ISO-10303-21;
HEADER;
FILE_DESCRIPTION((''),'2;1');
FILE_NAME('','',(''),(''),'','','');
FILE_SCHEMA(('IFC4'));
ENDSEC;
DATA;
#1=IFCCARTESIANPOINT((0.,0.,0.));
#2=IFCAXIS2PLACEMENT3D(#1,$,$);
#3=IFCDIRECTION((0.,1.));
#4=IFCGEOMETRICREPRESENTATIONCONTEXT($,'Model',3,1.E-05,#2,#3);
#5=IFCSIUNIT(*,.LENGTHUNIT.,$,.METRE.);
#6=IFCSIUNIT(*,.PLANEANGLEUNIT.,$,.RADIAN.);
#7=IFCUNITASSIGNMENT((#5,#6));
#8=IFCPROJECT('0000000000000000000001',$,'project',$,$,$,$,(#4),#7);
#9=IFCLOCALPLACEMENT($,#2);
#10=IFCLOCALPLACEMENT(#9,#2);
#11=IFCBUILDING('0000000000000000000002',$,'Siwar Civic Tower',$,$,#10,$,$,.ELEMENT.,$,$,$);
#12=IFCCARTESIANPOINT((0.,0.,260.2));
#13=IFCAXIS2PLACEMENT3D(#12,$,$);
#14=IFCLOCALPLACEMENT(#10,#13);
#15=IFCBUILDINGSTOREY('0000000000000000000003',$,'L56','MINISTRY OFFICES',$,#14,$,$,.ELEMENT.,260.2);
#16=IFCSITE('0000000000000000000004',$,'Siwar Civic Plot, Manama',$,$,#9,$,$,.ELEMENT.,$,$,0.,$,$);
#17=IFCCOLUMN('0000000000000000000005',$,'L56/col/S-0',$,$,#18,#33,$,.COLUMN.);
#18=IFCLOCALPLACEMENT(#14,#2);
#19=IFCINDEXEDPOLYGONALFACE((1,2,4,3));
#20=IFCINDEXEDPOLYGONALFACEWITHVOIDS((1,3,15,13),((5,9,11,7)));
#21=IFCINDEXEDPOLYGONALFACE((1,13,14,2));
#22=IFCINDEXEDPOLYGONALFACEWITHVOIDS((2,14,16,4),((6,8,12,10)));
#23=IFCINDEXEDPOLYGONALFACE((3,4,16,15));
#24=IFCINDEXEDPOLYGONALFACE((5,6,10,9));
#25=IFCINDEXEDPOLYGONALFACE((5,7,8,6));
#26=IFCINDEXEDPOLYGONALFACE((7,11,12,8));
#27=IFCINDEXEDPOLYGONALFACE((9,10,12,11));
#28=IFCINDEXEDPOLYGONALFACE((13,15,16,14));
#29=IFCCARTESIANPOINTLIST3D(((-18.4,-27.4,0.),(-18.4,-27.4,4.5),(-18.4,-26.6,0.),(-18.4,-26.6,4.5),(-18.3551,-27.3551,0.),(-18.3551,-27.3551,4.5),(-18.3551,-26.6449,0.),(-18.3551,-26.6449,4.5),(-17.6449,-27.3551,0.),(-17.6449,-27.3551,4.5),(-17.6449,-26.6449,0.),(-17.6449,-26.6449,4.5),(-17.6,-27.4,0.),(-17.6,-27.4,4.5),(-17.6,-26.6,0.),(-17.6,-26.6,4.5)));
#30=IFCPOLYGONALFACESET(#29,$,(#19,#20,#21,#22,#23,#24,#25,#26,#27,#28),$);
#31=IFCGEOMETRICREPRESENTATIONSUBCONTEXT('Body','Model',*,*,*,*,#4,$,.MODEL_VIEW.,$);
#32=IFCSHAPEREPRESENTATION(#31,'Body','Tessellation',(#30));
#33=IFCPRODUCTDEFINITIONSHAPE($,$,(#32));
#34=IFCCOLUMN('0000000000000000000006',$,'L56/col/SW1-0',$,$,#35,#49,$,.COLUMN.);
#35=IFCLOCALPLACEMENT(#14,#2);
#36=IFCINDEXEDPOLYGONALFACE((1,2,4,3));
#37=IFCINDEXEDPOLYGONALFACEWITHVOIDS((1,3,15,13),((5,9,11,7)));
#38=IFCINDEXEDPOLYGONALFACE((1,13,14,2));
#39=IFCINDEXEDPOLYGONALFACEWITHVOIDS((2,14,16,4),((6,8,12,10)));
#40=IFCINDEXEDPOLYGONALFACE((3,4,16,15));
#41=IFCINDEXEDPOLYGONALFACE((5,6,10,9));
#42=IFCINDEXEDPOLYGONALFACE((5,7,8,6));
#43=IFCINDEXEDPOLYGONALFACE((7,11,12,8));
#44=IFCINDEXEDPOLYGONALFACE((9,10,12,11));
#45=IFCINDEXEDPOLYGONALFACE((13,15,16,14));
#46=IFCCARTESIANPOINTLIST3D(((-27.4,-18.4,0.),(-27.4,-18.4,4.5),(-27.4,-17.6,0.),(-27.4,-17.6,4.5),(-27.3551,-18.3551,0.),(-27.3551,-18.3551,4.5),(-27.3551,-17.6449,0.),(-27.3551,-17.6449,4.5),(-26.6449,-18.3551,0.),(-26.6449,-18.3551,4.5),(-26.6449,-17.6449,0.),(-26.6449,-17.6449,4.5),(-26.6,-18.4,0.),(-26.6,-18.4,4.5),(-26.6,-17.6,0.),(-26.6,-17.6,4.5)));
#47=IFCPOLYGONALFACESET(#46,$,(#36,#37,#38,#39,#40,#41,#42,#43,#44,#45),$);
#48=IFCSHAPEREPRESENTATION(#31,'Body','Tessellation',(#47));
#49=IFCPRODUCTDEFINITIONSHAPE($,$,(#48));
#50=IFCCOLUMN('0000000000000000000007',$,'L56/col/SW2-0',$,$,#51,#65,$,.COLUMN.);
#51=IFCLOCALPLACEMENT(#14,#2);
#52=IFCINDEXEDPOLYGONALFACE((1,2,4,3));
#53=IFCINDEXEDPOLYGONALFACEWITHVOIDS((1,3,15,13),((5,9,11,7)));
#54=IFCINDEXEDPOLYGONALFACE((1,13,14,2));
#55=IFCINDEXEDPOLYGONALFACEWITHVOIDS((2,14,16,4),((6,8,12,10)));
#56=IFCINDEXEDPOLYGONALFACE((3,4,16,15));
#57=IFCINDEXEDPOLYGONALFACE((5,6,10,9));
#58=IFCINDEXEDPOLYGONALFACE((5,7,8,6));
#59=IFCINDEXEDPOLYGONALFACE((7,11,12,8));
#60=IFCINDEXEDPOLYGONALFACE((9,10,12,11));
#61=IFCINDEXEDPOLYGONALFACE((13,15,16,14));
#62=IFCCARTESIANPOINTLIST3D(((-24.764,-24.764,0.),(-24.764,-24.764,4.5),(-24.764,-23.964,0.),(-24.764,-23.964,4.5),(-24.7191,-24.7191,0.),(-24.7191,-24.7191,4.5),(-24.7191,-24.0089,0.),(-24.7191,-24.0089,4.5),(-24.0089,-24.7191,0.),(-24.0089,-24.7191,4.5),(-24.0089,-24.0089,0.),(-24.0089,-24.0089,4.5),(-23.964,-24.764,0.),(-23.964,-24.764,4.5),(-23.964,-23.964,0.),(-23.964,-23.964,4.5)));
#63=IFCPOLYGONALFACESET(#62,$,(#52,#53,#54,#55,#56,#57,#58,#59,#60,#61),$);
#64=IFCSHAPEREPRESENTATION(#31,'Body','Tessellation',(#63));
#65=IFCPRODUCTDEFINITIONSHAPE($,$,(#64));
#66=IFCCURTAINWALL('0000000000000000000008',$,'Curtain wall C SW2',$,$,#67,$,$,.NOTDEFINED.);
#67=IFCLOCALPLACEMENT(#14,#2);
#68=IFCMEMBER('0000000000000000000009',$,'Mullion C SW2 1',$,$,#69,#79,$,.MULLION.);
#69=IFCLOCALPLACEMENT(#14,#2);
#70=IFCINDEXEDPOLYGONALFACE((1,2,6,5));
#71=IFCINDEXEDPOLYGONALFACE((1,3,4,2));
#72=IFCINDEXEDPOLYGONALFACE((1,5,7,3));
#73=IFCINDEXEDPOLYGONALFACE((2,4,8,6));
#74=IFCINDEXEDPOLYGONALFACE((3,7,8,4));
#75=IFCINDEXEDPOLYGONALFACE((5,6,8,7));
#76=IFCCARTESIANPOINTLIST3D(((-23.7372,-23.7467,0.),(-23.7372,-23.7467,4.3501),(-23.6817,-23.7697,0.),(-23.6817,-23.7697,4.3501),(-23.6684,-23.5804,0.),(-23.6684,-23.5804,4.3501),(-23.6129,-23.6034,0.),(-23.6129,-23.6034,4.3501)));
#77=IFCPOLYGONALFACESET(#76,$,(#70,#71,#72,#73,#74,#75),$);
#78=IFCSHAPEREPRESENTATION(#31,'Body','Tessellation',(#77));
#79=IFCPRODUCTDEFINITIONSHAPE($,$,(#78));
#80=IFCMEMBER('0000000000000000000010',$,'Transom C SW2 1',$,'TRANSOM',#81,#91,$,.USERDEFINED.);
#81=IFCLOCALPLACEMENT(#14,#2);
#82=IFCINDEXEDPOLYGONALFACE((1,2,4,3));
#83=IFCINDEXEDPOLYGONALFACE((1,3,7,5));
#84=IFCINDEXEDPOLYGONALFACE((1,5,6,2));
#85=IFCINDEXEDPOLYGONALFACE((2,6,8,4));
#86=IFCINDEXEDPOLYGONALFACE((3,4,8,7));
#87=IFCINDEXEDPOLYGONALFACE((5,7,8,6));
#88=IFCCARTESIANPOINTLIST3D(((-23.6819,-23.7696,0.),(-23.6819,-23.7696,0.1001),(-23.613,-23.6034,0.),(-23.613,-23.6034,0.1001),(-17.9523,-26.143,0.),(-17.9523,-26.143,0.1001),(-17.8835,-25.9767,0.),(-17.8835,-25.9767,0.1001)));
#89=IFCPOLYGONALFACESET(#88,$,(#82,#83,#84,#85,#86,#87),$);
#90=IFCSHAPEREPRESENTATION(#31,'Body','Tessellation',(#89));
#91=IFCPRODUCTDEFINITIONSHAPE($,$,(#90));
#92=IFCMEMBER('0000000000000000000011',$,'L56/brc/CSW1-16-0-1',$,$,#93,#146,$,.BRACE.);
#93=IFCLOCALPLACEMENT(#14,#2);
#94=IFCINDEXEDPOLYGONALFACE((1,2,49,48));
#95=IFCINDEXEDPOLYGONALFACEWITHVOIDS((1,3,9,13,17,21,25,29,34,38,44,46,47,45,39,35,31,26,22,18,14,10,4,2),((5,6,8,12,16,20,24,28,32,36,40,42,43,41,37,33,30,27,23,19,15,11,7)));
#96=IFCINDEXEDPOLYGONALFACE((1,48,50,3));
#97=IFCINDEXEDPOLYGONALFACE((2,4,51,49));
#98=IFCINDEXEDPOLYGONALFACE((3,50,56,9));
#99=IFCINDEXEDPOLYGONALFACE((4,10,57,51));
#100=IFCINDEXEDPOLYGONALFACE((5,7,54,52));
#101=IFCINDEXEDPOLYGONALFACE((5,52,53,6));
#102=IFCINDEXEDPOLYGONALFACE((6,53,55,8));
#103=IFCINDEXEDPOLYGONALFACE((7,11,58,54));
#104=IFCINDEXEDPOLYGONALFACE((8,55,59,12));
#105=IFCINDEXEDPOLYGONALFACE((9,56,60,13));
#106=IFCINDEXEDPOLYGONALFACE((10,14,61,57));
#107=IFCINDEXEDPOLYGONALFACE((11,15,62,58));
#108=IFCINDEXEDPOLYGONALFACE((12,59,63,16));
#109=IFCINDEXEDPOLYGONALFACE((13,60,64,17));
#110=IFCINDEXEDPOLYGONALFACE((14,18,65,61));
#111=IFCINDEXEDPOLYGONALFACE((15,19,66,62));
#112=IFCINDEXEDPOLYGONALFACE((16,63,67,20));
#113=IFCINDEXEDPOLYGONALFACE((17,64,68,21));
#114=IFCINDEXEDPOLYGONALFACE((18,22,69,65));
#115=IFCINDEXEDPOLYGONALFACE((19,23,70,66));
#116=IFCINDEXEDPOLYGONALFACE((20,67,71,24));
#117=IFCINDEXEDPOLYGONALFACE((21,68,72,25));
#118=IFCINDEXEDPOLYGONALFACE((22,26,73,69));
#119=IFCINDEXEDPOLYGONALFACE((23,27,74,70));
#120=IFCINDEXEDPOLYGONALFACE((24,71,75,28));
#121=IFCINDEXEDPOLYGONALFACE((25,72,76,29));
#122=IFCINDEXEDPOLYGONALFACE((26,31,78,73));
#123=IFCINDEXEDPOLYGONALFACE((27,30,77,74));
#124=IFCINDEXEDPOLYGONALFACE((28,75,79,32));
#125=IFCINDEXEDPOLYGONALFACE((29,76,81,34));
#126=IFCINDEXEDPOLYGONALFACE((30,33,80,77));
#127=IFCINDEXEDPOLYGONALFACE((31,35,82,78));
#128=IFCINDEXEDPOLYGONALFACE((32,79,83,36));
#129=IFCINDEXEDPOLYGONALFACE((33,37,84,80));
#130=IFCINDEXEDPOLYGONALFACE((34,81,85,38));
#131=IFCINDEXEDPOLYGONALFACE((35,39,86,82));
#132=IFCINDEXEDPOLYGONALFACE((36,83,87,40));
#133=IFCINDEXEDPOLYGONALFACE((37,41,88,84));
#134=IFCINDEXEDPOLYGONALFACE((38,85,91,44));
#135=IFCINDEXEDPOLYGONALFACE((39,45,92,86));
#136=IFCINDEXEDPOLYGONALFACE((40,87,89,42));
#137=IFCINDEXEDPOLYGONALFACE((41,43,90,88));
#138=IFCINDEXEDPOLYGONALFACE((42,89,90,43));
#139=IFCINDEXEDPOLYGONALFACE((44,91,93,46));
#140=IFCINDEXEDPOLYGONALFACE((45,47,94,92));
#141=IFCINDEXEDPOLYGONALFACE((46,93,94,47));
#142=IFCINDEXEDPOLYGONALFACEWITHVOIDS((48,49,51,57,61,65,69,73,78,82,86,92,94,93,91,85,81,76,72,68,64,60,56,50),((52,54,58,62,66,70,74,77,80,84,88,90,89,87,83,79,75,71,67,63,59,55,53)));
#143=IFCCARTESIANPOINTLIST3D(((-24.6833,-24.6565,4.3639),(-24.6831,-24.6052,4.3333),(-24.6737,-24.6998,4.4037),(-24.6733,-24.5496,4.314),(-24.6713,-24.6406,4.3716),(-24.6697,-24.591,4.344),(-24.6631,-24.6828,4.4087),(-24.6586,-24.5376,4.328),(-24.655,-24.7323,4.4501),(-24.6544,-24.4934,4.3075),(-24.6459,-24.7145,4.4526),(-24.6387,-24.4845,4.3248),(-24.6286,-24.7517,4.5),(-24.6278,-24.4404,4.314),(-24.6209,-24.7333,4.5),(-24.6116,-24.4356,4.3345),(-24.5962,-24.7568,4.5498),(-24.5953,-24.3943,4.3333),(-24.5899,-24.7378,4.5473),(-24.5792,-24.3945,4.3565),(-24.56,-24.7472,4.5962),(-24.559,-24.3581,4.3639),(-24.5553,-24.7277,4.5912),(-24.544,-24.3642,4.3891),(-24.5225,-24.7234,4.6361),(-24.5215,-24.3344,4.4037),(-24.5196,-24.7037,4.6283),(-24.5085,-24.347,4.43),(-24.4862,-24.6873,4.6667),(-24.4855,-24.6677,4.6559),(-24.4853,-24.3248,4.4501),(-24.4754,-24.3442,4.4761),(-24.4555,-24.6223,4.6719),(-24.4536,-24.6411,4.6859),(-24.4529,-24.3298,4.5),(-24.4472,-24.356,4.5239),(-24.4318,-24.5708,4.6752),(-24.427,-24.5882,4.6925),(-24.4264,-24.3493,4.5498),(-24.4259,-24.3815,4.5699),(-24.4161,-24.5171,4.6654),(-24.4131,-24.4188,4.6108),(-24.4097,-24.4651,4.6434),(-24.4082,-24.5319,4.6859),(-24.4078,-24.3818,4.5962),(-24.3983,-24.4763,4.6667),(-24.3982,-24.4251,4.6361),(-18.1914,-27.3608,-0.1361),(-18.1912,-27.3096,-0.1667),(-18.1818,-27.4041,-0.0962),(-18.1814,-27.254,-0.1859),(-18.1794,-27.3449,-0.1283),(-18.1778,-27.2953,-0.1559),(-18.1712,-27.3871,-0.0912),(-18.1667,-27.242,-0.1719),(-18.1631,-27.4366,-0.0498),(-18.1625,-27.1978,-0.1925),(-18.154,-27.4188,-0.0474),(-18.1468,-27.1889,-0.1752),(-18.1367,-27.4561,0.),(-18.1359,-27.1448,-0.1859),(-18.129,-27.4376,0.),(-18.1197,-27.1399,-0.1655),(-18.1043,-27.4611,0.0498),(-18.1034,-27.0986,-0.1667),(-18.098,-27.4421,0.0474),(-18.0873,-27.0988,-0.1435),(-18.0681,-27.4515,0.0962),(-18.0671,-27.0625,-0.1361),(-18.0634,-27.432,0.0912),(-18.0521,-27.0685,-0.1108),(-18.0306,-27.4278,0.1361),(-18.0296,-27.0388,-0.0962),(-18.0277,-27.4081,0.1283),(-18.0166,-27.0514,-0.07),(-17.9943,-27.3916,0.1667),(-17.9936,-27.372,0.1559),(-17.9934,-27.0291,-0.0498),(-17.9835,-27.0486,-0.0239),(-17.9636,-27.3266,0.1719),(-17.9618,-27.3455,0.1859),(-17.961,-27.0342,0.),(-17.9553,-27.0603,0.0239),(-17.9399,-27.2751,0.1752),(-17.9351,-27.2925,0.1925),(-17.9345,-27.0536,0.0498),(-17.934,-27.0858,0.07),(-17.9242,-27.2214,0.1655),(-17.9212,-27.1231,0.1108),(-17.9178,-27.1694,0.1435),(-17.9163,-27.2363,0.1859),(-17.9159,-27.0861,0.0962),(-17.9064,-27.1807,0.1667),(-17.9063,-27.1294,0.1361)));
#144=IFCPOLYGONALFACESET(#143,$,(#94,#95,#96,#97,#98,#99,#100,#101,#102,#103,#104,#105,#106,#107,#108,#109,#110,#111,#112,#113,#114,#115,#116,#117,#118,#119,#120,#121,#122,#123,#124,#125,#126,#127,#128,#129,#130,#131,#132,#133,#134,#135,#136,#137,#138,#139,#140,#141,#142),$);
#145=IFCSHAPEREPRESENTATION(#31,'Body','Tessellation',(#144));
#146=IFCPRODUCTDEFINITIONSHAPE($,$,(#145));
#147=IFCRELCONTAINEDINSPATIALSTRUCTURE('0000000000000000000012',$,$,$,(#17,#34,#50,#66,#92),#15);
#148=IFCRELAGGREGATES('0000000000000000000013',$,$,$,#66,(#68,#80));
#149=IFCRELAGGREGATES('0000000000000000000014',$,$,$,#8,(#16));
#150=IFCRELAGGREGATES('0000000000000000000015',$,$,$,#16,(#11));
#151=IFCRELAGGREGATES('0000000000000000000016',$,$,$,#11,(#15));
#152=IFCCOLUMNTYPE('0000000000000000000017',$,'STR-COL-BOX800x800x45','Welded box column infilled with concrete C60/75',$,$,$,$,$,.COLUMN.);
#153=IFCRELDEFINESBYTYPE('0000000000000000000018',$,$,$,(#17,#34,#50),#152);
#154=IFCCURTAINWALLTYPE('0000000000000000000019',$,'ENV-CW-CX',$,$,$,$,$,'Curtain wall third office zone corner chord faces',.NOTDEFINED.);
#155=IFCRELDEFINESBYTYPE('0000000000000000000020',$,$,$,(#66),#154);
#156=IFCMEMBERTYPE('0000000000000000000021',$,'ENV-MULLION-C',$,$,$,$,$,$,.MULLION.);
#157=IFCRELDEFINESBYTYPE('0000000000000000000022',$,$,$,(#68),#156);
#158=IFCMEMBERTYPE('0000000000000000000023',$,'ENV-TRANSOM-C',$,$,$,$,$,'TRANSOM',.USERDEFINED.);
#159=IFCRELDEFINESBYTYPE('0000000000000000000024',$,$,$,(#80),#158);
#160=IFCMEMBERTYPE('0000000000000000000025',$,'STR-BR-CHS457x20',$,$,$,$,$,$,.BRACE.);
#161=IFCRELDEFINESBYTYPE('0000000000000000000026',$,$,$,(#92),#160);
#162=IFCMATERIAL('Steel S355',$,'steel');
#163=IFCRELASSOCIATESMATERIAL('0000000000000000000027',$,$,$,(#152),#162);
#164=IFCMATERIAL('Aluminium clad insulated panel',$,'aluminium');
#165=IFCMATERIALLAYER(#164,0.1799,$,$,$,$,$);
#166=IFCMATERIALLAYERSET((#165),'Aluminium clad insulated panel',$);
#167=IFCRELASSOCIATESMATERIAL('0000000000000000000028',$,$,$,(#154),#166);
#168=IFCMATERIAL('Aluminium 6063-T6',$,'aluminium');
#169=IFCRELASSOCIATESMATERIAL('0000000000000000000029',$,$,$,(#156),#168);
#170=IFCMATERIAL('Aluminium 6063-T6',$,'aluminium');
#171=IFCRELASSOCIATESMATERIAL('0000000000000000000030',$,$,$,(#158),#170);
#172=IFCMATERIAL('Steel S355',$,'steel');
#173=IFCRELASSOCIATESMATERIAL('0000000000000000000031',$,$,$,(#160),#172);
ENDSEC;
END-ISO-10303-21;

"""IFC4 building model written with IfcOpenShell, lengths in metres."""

from ifc_helpers import new_model, si_unit, direction, frame, origin, origin_2d, place, context, subcontext, project, spatial, rectangle, hollow_rectangle, hollow_circle, extrude, material, layer, layer_set, material_profile, profile_set, type_object, element, aggregate, save


model = new_model("IFC4")

# Units and contexts
model_context = context("Model", 3, precision=1e-05, world=origin(), true_north=direction((0.0, 1.0)))
body_context = subcontext(model_context, "Body", "Model", "MODEL_VIEW")
ifc_project = project(units=[si_unit("LENGTHUNIT", "METRE"), si_unit("PLANEANGLEUNIT", "RADIAN")], contexts=[model_context])

# Site, building, storey
site_placement = place(None, origin())
site = spatial("IfcSite", under=ifc_project, at=site_placement, Name="Siwar Civic Plot, Manama", CompositionType="ELEMENT", RefElevation=0.0)
building_placement = place(site_placement, origin())
building = spatial("IfcBuilding", under=site, at=building_placement, Name="Siwar Civic Tower", CompositionType="ELEMENT")
storey_placement = place(building_placement, frame((0.0, 0.0, 260.2)))
storey = spatial("IfcBuildingStorey", under=building, at=storey_placement, Name="L56", Description="MINISTRY OFFICES", CompositionType="ELEMENT", Elevation=260.2)

# Columns
ifc_material_1 = material(Name="Steel S355", Category="steel")
ifc_material_profile_1 = material_profile(ifc_material_1, hollow_rectangle(XDim=0.8, YDim=0.8, WallThickness=0.0449, at=origin_2d()), Name="BOX800x800x45")
ifc_profile_set_1 = profile_set([ifc_material_profile_1], Name="Steel S355")
column_type = type_object("IfcColumnType", Name="STR-COL-BOX800x800x45", Description="Welded box column infilled with concrete C60/75", PredefinedType="COLUMN", material=ifc_profile_set_1)
for number, where, z_axis, x_axis, name in (
    (1, (-18.0, -27.0, 0.0), (0.0, 0.0, 1.0), (1.0, 0.0, 0.0), "L56/col/S-0"),
    (2, (-27.0, -18.0, 0.0), (0.0, 0.0, 1.0), (1.0, 0.0, 0.0), "L56/col/SW1-0"),
    (3, (-24.364, -24.364, 0.0), (0.0, 0.0, 1.0), (1.0, 0.0, 0.0), "L56/col/SW2-0"),
):
    element("IfcColumn", number, at=place(storey_placement, frame(where, z_axis=z_axis, x_axis=x_axis)), inside=storey, type_object=column_type, Name=name, PredefinedType="COLUMN", context=body_context, shape_type="SweptSolid", body=[
        extrude(hollow_rectangle(XDim=0.8, YDim=0.8, WallThickness=0.0449, at=origin_2d()), origin(), (0.0, 0.0, 1.0), 4.5),
    ])

# Curtain wall, members
ifc_material_2 = material(Name="Aluminium clad insulated panel", Category="aluminium")
ifc_layer_1 = layer(ifc_material_2, 0.1799)
ifc_layer_set_1 = layer_set([ifc_layer_1], Name="Aluminium clad insulated panel")
curtain_wall_type = type_object("IfcCurtainWallType", Name="ENV-CW-CX", ElementType="Curtain wall third office zone corner chord faces", PredefinedType="NOTDEFINED", material=ifc_layer_set_1)
curtain_wall_1_placement = place(storey_placement, origin())
curtain_wall_1 = element("IfcCurtainWall", 4, at=curtain_wall_1_placement, inside=storey, type_object=curtain_wall_type, Name="Curtain wall C SW2", PredefinedType="NOTDEFINED")
ifc_material_3 = material(Name="Aluminium 6063-T6", Category="aluminium")
ifc_material_profile_2 = material_profile(ifc_material_3, rectangle(XDim=0.1799, YDim=0.0601, at=origin_2d()), Name="AL 180x60")
ifc_profile_set_2 = profile_set([ifc_material_profile_2], Name="Aluminium 6063-T6")
member_type_1 = type_object("IfcMemberType", Name="ENV-MULLION-C", PredefinedType="MULLION", material=ifc_profile_set_2)
member_1_placement = place(storey_placement, frame((-23.675, -23.675, 0.0), z_axis=(0.0, 0.0, 1.0), x_axis=(0.382683, 0.92388, 0.0)))
member_1 = element("IfcMember", 5, at=member_1_placement, type_object=member_type_1, Name="Mullion C SW2 1", PredefinedType="MULLION", context=body_context, shape_type="SweptSolid", body=[
    extrude(rectangle(XDim=0.1799, YDim=0.0601, at=origin_2d()), origin(), (0.0, 0.0, 1.0), 4.3501),
])
ifc_material_4 = material(Name="Aluminium 6063-T6", Category="aluminium")
ifc_material_profile_3 = material_profile(ifc_material_4, rectangle(XDim=0.1799, YDim=0.1001, at=origin_2d()), Name="AL 180x100")
ifc_profile_set_3 = profile_set([ifc_material_profile_3], Name="Aluminium 6063-T6")
member_type_2 = type_object("IfcMemberType", Name="ENV-TRANSOM-C", ElementType="TRANSOM", PredefinedType="USERDEFINED", material=ifc_profile_set_3)
member_2_placement = place(storey_placement, frame((-23.6475, -23.6865, 0.05), z_axis=(0.923876, -0.382691, 0.0), x_axis=(0.382691, 0.923876, 0.0)))
member_2 = element("IfcMember", 6, at=member_2_placement, type_object=member_type_2, Name="Transom C SW2 1", ObjectType="TRANSOM", PredefinedType="USERDEFINED", context=body_context, shape_type="SweptSolid", body=[
    extrude(rectangle(XDim=0.1799, YDim=0.1001, at=origin_2d()), origin(), (0.0, 0.0, 1.0), 6.2017),
])

# Member
ifc_material_5 = material(Name="Steel S355", Category="steel")
ifc_material_profile_4 = material_profile(ifc_material_5, hollow_circle(Radius=0.2285, WallThickness=0.02, at=origin_2d()), Name="CHS457x20")
ifc_profile_set_4 = profile_set([ifc_material_profile_4], Name="Steel S355")
member_type_3 = type_object("IfcMemberType", Name="STR-BR-CHS457x20", PredefinedType="BRACE", material=ifc_profile_set_4)
member_3_placement = place(storey_placement, frame((-18.0488, -27.2451, 0.0), z_axis=(-0.777555, 0.323906, 0.538975), x_axis=(-0.384539, -0.923109, 0.0)))
element("IfcMember", 7, at=member_3_placement, inside=storey, type_object=member_type_3, Name="L56/brc/CSW1-16-0-1", PredefinedType="BRACE", context=body_context, shape_type="SweptSolid", body=[
    extrude(hollow_circle(Radius=0.2285, WallThickness=0.02, at=origin_2d()), origin(), (0.0, 0.0, 1.0), 8.3491),
])

aggregate(curtain_wall_1, [member_1, member_2])

save(model, "model.ifc")
